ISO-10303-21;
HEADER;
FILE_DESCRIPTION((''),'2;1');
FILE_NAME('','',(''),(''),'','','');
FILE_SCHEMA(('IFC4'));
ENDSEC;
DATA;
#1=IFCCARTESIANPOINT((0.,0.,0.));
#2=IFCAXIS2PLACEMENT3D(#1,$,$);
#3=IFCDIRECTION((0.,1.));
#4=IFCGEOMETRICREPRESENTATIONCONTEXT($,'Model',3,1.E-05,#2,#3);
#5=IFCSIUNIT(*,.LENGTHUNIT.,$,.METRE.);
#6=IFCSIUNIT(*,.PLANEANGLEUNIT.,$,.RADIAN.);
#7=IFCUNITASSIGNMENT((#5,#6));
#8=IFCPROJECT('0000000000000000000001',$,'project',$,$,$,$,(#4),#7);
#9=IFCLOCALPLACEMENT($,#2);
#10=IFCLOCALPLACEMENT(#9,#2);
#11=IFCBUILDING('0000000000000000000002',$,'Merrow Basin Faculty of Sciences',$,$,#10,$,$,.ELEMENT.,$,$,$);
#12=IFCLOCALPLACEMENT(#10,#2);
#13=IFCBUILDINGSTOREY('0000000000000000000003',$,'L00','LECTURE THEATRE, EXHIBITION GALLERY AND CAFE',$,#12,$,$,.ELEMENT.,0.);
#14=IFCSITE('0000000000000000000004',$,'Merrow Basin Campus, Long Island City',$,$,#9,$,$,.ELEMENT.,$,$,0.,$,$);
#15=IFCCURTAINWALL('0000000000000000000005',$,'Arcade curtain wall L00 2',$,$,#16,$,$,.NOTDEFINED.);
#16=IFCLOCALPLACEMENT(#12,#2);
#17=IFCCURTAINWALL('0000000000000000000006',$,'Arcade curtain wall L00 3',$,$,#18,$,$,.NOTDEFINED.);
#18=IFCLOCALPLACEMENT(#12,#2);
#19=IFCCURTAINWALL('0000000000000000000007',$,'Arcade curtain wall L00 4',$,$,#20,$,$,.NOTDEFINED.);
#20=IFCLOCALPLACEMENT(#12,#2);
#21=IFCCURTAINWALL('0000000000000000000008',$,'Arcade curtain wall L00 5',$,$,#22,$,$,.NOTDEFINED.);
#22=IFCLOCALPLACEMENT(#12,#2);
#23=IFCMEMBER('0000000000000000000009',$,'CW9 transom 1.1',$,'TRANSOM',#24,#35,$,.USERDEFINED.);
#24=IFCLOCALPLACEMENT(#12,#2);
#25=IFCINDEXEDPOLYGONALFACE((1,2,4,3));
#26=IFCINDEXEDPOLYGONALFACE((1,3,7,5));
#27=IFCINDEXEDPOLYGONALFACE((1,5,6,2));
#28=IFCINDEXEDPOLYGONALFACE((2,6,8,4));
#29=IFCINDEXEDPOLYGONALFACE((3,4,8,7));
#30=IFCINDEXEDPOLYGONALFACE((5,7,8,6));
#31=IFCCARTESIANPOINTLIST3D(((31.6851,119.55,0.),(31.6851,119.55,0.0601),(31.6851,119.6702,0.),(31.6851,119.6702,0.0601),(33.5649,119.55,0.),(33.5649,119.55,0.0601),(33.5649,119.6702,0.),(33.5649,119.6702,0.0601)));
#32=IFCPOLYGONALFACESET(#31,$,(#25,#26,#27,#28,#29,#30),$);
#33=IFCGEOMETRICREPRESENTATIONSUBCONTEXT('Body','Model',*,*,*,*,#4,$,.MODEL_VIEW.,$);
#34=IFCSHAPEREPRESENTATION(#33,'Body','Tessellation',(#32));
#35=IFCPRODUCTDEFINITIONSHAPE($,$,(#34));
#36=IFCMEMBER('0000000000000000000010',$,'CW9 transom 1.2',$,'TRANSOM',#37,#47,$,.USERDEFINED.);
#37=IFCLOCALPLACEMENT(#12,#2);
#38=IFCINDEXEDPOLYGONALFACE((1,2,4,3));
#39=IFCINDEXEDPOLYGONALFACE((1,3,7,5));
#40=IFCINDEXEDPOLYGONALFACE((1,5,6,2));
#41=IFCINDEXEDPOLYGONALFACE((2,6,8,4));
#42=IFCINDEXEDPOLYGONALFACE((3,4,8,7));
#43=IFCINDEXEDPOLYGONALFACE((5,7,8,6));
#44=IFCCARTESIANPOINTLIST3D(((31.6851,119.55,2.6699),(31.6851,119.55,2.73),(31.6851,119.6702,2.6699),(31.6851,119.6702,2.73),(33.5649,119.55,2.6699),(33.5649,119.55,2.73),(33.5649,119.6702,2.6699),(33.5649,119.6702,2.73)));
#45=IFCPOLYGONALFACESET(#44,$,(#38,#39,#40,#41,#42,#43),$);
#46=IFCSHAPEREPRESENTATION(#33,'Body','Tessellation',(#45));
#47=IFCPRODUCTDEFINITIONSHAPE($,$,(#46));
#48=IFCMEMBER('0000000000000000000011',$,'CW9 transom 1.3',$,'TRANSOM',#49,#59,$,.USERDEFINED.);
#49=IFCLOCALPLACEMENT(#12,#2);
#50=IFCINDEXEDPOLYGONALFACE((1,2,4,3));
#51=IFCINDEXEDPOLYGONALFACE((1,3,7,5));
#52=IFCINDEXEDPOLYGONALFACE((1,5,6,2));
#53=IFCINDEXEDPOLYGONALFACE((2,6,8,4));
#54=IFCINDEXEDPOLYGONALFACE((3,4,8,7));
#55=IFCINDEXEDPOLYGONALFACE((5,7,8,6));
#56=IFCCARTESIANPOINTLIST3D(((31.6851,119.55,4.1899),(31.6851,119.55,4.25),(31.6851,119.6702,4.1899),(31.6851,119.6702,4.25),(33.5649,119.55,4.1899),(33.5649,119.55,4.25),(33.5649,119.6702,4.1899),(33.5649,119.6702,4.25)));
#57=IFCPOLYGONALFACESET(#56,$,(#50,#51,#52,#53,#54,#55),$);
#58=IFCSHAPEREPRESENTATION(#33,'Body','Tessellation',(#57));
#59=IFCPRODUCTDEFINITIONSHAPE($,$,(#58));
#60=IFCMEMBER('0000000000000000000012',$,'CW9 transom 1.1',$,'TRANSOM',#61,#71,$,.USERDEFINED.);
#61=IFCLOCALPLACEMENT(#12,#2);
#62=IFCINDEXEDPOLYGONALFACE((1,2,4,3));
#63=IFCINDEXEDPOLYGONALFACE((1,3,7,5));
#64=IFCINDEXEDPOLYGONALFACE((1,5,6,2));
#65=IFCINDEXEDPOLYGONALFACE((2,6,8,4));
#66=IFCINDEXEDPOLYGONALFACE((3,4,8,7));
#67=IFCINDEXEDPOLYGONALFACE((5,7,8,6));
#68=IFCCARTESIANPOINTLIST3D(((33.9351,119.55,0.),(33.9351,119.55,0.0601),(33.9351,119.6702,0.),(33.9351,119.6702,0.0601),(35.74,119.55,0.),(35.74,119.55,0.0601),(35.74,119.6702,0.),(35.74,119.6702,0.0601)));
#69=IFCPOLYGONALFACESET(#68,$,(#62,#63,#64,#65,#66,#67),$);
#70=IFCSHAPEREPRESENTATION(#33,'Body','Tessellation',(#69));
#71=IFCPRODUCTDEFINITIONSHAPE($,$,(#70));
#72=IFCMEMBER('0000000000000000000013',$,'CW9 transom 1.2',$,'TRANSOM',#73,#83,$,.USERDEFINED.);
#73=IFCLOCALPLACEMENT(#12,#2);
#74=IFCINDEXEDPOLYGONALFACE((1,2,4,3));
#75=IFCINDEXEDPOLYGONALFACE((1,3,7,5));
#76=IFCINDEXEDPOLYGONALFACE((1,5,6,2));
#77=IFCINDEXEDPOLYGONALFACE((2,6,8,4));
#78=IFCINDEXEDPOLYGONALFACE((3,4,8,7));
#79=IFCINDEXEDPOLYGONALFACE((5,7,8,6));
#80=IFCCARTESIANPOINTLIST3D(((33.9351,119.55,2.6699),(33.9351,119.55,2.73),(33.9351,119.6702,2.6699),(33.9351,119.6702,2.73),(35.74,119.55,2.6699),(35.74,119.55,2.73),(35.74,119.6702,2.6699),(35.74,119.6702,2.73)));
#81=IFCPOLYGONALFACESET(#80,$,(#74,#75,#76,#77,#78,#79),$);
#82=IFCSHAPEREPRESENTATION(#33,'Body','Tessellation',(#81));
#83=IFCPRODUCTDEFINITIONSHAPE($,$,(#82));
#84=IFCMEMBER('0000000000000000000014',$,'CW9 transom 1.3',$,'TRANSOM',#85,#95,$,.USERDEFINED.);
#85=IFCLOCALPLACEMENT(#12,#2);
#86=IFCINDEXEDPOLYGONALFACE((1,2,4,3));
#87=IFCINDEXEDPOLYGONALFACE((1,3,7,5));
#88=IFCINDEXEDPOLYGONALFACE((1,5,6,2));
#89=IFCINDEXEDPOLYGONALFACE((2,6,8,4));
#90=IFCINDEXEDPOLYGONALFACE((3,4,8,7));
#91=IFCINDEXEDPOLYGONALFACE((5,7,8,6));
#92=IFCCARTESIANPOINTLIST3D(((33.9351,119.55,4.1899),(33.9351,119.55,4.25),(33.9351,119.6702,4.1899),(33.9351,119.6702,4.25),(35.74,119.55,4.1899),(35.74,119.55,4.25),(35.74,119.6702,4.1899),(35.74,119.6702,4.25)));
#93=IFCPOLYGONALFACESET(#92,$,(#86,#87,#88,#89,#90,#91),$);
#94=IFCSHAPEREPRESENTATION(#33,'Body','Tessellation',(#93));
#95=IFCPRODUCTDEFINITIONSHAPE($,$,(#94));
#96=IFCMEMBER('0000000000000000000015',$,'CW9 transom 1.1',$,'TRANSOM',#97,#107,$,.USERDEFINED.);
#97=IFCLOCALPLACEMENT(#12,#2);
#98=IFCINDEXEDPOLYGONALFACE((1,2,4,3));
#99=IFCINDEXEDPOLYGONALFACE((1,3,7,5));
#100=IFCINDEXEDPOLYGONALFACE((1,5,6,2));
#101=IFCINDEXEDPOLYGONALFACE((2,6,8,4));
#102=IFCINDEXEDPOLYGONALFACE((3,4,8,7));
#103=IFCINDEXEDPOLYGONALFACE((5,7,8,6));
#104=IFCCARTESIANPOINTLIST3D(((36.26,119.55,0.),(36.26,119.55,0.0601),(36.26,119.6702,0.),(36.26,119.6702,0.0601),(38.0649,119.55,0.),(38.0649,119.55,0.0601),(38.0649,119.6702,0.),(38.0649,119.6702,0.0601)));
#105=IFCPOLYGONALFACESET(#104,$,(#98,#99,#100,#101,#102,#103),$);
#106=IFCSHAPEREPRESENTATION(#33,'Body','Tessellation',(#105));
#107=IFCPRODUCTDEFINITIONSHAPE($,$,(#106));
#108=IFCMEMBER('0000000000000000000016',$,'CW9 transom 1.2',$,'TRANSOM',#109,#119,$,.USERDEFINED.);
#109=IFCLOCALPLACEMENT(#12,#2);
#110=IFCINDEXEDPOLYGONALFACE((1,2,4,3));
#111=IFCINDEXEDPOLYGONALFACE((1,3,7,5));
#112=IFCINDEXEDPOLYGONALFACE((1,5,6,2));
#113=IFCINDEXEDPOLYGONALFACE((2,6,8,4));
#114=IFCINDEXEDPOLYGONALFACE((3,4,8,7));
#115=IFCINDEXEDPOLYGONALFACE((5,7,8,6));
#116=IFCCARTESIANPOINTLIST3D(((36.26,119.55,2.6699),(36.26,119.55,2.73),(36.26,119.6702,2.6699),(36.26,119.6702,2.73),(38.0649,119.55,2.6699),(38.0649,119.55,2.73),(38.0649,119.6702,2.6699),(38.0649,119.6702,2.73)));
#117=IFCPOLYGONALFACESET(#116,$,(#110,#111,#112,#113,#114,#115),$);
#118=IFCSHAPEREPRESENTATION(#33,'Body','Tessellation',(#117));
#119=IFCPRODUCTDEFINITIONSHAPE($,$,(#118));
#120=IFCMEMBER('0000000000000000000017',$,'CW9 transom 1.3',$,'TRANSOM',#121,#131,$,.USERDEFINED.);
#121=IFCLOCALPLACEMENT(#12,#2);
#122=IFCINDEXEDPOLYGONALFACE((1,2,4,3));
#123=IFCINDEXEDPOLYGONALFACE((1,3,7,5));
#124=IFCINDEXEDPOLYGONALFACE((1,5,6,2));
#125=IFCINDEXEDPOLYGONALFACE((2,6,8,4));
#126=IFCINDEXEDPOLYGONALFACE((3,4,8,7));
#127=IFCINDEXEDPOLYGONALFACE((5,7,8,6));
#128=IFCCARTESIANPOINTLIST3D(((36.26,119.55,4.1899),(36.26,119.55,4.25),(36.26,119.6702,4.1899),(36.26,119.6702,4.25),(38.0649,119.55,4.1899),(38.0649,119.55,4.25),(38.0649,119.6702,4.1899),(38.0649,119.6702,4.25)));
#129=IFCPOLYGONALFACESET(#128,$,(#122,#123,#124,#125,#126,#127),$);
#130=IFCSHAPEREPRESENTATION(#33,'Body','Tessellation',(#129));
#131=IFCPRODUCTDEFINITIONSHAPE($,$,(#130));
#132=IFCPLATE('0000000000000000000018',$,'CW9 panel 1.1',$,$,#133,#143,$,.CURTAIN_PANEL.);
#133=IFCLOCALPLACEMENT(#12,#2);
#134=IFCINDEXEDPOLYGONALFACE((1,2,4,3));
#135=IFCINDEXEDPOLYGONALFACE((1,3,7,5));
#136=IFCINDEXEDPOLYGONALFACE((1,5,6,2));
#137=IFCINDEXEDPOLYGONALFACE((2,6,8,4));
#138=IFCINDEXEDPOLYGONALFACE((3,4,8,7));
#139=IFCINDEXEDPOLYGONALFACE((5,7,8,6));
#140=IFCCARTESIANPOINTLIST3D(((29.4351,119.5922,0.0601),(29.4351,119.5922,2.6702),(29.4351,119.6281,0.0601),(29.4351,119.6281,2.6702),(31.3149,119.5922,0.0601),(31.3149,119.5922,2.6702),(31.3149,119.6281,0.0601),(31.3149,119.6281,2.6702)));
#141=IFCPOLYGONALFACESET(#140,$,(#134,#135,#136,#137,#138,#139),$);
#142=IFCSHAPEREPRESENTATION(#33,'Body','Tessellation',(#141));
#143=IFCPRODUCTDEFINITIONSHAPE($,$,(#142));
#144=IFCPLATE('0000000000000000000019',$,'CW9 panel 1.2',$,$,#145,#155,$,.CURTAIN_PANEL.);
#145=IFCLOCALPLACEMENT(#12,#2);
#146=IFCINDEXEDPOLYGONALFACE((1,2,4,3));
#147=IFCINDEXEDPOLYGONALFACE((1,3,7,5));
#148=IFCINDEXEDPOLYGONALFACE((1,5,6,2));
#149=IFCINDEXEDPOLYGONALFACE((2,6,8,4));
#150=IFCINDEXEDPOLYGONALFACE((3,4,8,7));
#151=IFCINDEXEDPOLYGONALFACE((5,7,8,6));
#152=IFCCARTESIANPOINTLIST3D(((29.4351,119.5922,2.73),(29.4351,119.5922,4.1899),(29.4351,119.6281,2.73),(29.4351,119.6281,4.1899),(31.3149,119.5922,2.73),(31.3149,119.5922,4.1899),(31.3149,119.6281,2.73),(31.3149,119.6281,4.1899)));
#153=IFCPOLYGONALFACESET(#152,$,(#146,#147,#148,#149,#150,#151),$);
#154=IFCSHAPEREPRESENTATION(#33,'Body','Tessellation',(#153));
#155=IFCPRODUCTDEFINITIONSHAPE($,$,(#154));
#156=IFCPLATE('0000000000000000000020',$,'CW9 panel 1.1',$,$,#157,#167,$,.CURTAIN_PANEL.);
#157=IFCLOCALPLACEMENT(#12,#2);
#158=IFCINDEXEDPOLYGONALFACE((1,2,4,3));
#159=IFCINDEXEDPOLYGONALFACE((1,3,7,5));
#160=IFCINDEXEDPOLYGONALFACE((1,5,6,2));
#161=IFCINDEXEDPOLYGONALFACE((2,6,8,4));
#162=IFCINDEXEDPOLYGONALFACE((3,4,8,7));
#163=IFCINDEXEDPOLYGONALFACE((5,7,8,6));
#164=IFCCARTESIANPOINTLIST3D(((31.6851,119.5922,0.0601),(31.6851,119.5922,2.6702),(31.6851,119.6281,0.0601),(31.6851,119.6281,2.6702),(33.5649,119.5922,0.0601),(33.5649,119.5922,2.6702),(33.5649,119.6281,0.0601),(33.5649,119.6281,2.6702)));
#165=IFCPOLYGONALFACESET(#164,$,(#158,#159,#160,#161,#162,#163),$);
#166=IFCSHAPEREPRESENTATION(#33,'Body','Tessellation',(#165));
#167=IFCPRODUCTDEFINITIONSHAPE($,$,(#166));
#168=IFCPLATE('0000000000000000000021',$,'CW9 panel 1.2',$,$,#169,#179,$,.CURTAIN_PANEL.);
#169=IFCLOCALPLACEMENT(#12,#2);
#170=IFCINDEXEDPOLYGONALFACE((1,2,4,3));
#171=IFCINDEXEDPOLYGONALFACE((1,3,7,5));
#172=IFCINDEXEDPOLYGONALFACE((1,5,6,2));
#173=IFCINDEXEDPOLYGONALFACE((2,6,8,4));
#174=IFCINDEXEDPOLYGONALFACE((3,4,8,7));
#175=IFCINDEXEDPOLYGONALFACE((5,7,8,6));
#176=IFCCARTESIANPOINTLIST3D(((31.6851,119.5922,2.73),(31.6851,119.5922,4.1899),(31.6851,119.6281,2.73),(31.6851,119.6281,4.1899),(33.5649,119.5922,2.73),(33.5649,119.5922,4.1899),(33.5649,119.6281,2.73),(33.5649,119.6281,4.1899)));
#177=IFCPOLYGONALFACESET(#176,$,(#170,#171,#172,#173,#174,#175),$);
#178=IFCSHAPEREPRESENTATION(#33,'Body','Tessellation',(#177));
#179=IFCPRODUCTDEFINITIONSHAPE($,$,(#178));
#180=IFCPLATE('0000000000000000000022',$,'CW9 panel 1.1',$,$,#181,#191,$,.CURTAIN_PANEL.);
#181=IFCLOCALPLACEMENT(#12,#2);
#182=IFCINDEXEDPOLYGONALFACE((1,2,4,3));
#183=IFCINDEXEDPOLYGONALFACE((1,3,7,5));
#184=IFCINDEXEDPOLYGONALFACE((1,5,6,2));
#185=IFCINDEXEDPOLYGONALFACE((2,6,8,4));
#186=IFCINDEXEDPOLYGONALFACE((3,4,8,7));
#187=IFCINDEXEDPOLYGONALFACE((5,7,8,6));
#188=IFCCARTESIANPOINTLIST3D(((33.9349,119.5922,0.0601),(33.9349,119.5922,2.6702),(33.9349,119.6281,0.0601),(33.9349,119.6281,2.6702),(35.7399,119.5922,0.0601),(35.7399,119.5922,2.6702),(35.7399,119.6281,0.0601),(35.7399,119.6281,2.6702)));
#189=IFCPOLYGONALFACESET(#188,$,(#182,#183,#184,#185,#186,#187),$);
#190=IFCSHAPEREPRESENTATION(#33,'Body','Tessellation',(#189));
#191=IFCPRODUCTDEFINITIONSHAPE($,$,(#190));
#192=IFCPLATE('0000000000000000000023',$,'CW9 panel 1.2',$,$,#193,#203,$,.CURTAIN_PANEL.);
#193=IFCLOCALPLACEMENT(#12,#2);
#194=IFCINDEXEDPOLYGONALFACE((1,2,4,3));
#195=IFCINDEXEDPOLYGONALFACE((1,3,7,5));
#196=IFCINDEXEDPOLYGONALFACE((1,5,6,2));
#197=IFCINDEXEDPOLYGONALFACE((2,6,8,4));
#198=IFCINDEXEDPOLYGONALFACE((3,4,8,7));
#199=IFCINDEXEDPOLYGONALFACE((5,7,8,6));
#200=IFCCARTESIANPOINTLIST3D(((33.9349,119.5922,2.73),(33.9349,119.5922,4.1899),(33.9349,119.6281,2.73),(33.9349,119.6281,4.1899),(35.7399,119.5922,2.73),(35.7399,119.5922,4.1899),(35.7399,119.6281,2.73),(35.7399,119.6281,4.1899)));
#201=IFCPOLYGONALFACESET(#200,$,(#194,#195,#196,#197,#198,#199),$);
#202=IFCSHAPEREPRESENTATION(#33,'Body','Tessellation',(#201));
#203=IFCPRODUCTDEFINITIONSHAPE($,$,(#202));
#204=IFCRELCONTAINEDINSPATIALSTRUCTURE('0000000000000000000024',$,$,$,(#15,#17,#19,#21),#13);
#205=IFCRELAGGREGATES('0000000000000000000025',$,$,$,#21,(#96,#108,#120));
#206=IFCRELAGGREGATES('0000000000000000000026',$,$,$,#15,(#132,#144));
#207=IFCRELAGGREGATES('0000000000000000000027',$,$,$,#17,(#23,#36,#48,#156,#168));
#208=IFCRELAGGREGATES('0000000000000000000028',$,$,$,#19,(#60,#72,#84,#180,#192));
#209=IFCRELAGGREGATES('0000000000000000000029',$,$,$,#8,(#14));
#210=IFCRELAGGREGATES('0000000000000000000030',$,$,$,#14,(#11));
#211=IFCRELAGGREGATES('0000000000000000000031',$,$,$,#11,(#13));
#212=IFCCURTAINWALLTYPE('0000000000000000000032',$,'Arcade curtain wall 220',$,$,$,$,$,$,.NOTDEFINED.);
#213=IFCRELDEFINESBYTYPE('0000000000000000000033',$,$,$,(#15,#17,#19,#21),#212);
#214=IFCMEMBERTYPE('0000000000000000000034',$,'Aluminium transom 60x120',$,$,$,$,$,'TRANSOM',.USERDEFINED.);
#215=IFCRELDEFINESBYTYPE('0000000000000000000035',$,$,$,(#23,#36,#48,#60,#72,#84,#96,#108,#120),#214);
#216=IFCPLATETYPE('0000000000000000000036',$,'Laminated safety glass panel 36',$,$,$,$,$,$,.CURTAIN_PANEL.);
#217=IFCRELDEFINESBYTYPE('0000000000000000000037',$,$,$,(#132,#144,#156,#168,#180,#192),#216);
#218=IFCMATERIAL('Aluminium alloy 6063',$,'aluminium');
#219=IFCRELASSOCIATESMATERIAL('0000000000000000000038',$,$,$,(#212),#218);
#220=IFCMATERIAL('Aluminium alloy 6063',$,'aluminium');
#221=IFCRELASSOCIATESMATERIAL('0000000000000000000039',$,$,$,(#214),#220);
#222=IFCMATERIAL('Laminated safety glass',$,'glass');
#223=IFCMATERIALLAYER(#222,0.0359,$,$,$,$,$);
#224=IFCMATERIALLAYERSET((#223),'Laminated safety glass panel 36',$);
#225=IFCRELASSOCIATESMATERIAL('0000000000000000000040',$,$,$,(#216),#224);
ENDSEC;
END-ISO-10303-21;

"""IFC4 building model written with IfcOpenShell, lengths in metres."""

from ifc_helpers import new_model, si_unit, direction, frame, origin, origin_2d, place, context, subcontext, project, spatial, rectangle, extrude, material, layer, layer_set, material_profile, profile_set, type_object, element, aggregate, save


model = new_model("IFC4")

# Units and contexts
model_context = context("Model", 3, precision=1e-05, world=origin(), true_north=direction((0.0, 1.0)))
body_context = subcontext(model_context, "Body", "Model", "MODEL_VIEW")
ifc_project = project(units=[si_unit("LENGTHUNIT", "METRE"), si_unit("PLANEANGLEUNIT", "RADIAN")], contexts=[model_context])

# Site, building, storey
site_placement = place(None, origin())
site = spatial("IfcSite", under=ifc_project, at=site_placement, Name="Merrow Basin Campus, Long Island City", CompositionType="ELEMENT", RefElevation=0.0)
building_placement = place(site_placement, origin())
building = spatial("IfcBuilding", under=site, at=building_placement, Name="Merrow Basin Faculty of Sciences", CompositionType="ELEMENT")
storey_placement = place(building_placement, origin())
storey = spatial("IfcBuildingStorey", under=building, at=storey_placement, Name="L00", Description="LECTURE THEATRE, EXHIBITION GALLERY AND CAFE", CompositionType="ELEMENT", Elevation=0.0)

# Curtain wall
ifc_material_1 = material(Name="Aluminium alloy 6063", Category="aluminium")
curtain_wall_type = type_object("IfcCurtainWallType", Name="Arcade curtain wall 220", PredefinedType="NOTDEFINED", material=ifc_material_1)
curtain_wall_1_placement = place(storey_placement, origin())
curtain_wall_1 = element("IfcCurtainWall", 1, at=curtain_wall_1_placement, inside=storey, type_object=curtain_wall_type, Name="Arcade curtain wall L00 2", PredefinedType="NOTDEFINED")

# Curtain walls
curtain_wall_2_placement = place(storey_placement, origin())
curtain_wall_2 = element("IfcCurtainWall", 2, at=curtain_wall_2_placement, inside=storey, type_object=curtain_wall_type, Name="Arcade curtain wall L00 3", PredefinedType="NOTDEFINED")
curtain_wall_3_placement = place(storey_placement, origin())
curtain_wall_3 = element("IfcCurtainWall", 3, at=curtain_wall_3_placement, inside=storey, type_object=curtain_wall_type, Name="Arcade curtain wall L00 4", PredefinedType="NOTDEFINED")

# Curtain wall
curtain_wall_4_placement = place(storey_placement, origin())
curtain_wall_4 = element("IfcCurtainWall", 4, at=curtain_wall_4_placement, inside=storey, type_object=curtain_wall_type, Name="Arcade curtain wall L00 5", PredefinedType="NOTDEFINED")

# Members
ifc_material_2 = material(Name="Aluminium alloy 6063", Category="aluminium")
ifc_material_profile_1 = material_profile(ifc_material_2, rectangle(XDim=0.1201, YDim=0.0601, at=origin_2d()))
ifc_profile_set_1 = profile_set([ifc_material_profile_1], Name="Aluminium alloy 6063")
member_type_1 = type_object("IfcMemberType", Name="Aluminium transom 60x120", ElementType="TRANSOM", PredefinedType="USERDEFINED", material=ifc_profile_set_1)
member_1_placement = place(storey_placement, frame((31.6851, 119.6101, 0.03), z_axis=(1.0, 0.0, 0.0), x_axis=(0.0, 1.0, 0.0)))
member_1 = element("IfcMember", 5, at=member_1_placement, type_object=member_type_1, Name="CW9 transom 1.1", ObjectType="TRANSOM", PredefinedType="USERDEFINED", context=body_context, shape_type="SweptSolid", body=[
    extrude(rectangle(XDim=0.1201, YDim=0.0601, at=origin_2d()), origin(), (0.0, 0.0, 1.0), 1.8799),
])
member_2_placement = place(storey_placement, frame((31.6851, 119.6101, 2.7), z_axis=(1.0, 0.0, 0.0), x_axis=(0.0, 1.0, 0.0)))
member_2 = element("IfcMember", 6, at=member_2_placement, type_object=member_type_1, Name="CW9 transom 1.2", ObjectType="TRANSOM", PredefinedType="USERDEFINED", context=body_context, shape_type="SweptSolid", body=[
    extrude(rectangle(XDim=0.1201, YDim=0.0601, at=origin_2d()), origin(), (0.0, 0.0, 1.0), 1.8799),
])
member_3_placement = place(storey_placement, frame((31.6851, 119.6101, 4.22), z_axis=(1.0, 0.0, 0.0), x_axis=(0.0, 1.0, 0.0)))
member_3 = element("IfcMember", 7, at=member_3_placement, type_object=member_type_1, Name="CW9 transom 1.3", ObjectType="TRANSOM", PredefinedType="USERDEFINED", context=body_context, shape_type="SweptSolid", body=[
    extrude(rectangle(XDim=0.1201, YDim=0.0601, at=origin_2d()), origin(), (0.0, 0.0, 1.0), 1.8799),
])
member_4_placement = place(storey_placement, frame((33.9351, 119.6101, 0.03), z_axis=(1.0, 0.0, 0.0), x_axis=(0.0, 1.0, 0.0)))
member_4 = element("IfcMember", 8, at=member_4_placement, type_object=member_type_1, Name="CW9 transom 1.1", ObjectType="TRANSOM", PredefinedType="USERDEFINED", context=body_context, shape_type="SweptSolid", body=[
    extrude(rectangle(XDim=0.1201, YDim=0.0601, at=origin_2d()), origin(), (0.0, 0.0, 1.0), 1.8049),
])
member_5_placement = place(storey_placement, frame((33.9351, 119.6101, 2.7), z_axis=(1.0, 0.0, 0.0), x_axis=(0.0, 1.0, 0.0)))
member_5 = element("IfcMember", 9, at=member_5_placement, type_object=member_type_1, Name="CW9 transom 1.2", ObjectType="TRANSOM", PredefinedType="USERDEFINED", context=body_context, shape_type="SweptSolid", body=[
    extrude(rectangle(XDim=0.1201, YDim=0.0601, at=origin_2d()), origin(), (0.0, 0.0, 1.0), 1.8049),
])
member_6_placement = place(storey_placement, frame((33.9351, 119.6101, 4.22), z_axis=(1.0, 0.0, 0.0), x_axis=(0.0, 1.0, 0.0)))
member_6 = element("IfcMember", 10, at=member_6_placement, type_object=member_type_1, Name="CW9 transom 1.3", ObjectType="TRANSOM", PredefinedType="USERDEFINED", context=body_context, shape_type="SweptSolid", body=[
    extrude(rectangle(XDim=0.1201, YDim=0.0601, at=origin_2d()), origin(), (0.0, 0.0, 1.0), 1.8049),
])
member_7_placement = place(storey_placement, frame((36.26, 119.6101, 0.03), z_axis=(1.0, 0.0, 0.0), x_axis=(0.0, 1.0, 0.0)))
member_7 = element("IfcMember", 11, at=member_7_placement, type_object=member_type_1, Name="CW9 transom 1.1", ObjectType="TRANSOM", PredefinedType="USERDEFINED", context=body_context, shape_type="SweptSolid", body=[
    extrude(rectangle(XDim=0.1201, YDim=0.0601, at=origin_2d()), origin(), (0.0, 0.0, 1.0), 1.8049),
])
member_8_placement = place(storey_placement, frame((36.26, 119.6101, 2.7), z_axis=(1.0, 0.0, 0.0), x_axis=(0.0, 1.0, 0.0)))
member_8 = element("IfcMember", 12, at=member_8_placement, type_object=member_type_1, Name="CW9 transom 1.2", ObjectType="TRANSOM", PredefinedType="USERDEFINED", context=body_context, shape_type="SweptSolid", body=[
    extrude(rectangle(XDim=0.1201, YDim=0.0601, at=origin_2d()), origin(), (0.0, 0.0, 1.0), 1.8049),
])
member_9_placement = place(storey_placement, frame((36.26, 119.6101, 4.22), z_axis=(1.0, 0.0, 0.0), x_axis=(0.0, 1.0, 0.0)))
member_9 = element("IfcMember", 13, at=member_9_placement, type_object=member_type_1, Name="CW9 transom 1.3", ObjectType="TRANSOM", PredefinedType="USERDEFINED", context=body_context, shape_type="SweptSolid", body=[
    extrude(rectangle(XDim=0.1201, YDim=0.0601, at=origin_2d()), origin(), (0.0, 0.0, 1.0), 1.8049),
])
aggregate(curtain_wall_4, [member_7, member_8, member_9])

# Plates
ifc_material_3 = material(Name="Laminated safety glass", Category="glass")
ifc_layer_1 = layer(ifc_material_3, 0.0359)
ifc_layer_set_1 = layer_set([ifc_layer_1], Name="Laminated safety glass panel 36")
plate_type = type_object("IfcPlateType", Name="Laminated safety glass panel 36", PredefinedType="CURTAIN_PANEL", material=ifc_layer_set_1)
plate_1_placement = place(storey_placement, frame((30.375, 119.6101, 0.0601), z_axis=(0.0, 0.0, 1.0), x_axis=(1.0, 0.0, 0.0)))
plate_1 = element("IfcPlate", 14, at=plate_1_placement, type_object=plate_type, Name="CW9 panel 1.1", PredefinedType="CURTAIN_PANEL", context=body_context, shape_type="SweptSolid", body=[
    extrude(rectangle(XDim=1.8799, YDim=0.0359, at=origin_2d()), origin(), (0.0, 0.0, 1.0), 2.6101),
])
plate_2_placement = place(storey_placement, frame((30.375, 119.6101, 2.73), z_axis=(0.0, 0.0, 1.0), x_axis=(1.0, 0.0, 0.0)))
plate_2 = element("IfcPlate", 15, at=plate_2_placement, type_object=plate_type, Name="CW9 panel 1.2", PredefinedType="CURTAIN_PANEL", context=body_context, shape_type="SweptSolid", body=[
    extrude(rectangle(XDim=1.8799, YDim=0.0359, at=origin_2d()), origin(), (0.0, 0.0, 1.0), 1.46),
])
aggregate(curtain_wall_1, [plate_1, plate_2])
plate_3_placement = place(storey_placement, frame((32.625, 119.6101, 0.0601), z_axis=(0.0, 0.0, 1.0), x_axis=(1.0, 0.0, 0.0)))
plate_3 = element("IfcPlate", 16, at=plate_3_placement, type_object=plate_type, Name="CW9 panel 1.1", PredefinedType="CURTAIN_PANEL", context=body_context, shape_type="SweptSolid", body=[
    extrude(rectangle(XDim=1.8799, YDim=0.0359, at=origin_2d()), origin(), (0.0, 0.0, 1.0), 2.6101),
])
plate_4_placement = place(storey_placement, frame((32.625, 119.6101, 2.73), z_axis=(0.0, 0.0, 1.0), x_axis=(1.0, 0.0, 0.0)))
plate_4 = element("IfcPlate", 17, at=plate_4_placement, type_object=plate_type, Name="CW9 panel 1.2", PredefinedType="CURTAIN_PANEL", context=body_context, shape_type="SweptSolid", body=[
    extrude(rectangle(XDim=1.8799, YDim=0.0359, at=origin_2d()), origin(), (0.0, 0.0, 1.0), 1.46),
])
aggregate(curtain_wall_2, [member_1, member_2, member_3, plate_3, plate_4])
plate_5_placement = place(storey_placement, frame((34.8374, 119.6101, 0.0601), z_axis=(0.0, 0.0, 1.0), x_axis=(1.0, 0.0, 0.0)))
plate_5 = element("IfcPlate", 18, at=plate_5_placement, type_object=plate_type, Name="CW9 panel 1.1", PredefinedType="CURTAIN_PANEL", context=body_context, shape_type="SweptSolid", body=[
    extrude(rectangle(XDim=1.8049, YDim=0.0359, at=origin_2d()), origin(), (0.0, 0.0, 1.0), 2.6101),
])
plate_6_placement = place(storey_placement, frame((34.8374, 119.6101, 2.73), z_axis=(0.0, 0.0, 1.0), x_axis=(1.0, 0.0, 0.0)))
plate_6 = element("IfcPlate", 19, at=plate_6_placement, type_object=plate_type, Name="CW9 panel 1.2", PredefinedType="CURTAIN_PANEL", context=body_context, shape_type="SweptSolid", body=[
    extrude(rectangle(XDim=1.8049, YDim=0.0359, at=origin_2d()), origin(), (0.0, 0.0, 1.0), 1.46),
])
aggregate(curtain_wall_3, [member_4, member_5, member_6, plate_5, plate_6])

save(model, "model.ifc")
